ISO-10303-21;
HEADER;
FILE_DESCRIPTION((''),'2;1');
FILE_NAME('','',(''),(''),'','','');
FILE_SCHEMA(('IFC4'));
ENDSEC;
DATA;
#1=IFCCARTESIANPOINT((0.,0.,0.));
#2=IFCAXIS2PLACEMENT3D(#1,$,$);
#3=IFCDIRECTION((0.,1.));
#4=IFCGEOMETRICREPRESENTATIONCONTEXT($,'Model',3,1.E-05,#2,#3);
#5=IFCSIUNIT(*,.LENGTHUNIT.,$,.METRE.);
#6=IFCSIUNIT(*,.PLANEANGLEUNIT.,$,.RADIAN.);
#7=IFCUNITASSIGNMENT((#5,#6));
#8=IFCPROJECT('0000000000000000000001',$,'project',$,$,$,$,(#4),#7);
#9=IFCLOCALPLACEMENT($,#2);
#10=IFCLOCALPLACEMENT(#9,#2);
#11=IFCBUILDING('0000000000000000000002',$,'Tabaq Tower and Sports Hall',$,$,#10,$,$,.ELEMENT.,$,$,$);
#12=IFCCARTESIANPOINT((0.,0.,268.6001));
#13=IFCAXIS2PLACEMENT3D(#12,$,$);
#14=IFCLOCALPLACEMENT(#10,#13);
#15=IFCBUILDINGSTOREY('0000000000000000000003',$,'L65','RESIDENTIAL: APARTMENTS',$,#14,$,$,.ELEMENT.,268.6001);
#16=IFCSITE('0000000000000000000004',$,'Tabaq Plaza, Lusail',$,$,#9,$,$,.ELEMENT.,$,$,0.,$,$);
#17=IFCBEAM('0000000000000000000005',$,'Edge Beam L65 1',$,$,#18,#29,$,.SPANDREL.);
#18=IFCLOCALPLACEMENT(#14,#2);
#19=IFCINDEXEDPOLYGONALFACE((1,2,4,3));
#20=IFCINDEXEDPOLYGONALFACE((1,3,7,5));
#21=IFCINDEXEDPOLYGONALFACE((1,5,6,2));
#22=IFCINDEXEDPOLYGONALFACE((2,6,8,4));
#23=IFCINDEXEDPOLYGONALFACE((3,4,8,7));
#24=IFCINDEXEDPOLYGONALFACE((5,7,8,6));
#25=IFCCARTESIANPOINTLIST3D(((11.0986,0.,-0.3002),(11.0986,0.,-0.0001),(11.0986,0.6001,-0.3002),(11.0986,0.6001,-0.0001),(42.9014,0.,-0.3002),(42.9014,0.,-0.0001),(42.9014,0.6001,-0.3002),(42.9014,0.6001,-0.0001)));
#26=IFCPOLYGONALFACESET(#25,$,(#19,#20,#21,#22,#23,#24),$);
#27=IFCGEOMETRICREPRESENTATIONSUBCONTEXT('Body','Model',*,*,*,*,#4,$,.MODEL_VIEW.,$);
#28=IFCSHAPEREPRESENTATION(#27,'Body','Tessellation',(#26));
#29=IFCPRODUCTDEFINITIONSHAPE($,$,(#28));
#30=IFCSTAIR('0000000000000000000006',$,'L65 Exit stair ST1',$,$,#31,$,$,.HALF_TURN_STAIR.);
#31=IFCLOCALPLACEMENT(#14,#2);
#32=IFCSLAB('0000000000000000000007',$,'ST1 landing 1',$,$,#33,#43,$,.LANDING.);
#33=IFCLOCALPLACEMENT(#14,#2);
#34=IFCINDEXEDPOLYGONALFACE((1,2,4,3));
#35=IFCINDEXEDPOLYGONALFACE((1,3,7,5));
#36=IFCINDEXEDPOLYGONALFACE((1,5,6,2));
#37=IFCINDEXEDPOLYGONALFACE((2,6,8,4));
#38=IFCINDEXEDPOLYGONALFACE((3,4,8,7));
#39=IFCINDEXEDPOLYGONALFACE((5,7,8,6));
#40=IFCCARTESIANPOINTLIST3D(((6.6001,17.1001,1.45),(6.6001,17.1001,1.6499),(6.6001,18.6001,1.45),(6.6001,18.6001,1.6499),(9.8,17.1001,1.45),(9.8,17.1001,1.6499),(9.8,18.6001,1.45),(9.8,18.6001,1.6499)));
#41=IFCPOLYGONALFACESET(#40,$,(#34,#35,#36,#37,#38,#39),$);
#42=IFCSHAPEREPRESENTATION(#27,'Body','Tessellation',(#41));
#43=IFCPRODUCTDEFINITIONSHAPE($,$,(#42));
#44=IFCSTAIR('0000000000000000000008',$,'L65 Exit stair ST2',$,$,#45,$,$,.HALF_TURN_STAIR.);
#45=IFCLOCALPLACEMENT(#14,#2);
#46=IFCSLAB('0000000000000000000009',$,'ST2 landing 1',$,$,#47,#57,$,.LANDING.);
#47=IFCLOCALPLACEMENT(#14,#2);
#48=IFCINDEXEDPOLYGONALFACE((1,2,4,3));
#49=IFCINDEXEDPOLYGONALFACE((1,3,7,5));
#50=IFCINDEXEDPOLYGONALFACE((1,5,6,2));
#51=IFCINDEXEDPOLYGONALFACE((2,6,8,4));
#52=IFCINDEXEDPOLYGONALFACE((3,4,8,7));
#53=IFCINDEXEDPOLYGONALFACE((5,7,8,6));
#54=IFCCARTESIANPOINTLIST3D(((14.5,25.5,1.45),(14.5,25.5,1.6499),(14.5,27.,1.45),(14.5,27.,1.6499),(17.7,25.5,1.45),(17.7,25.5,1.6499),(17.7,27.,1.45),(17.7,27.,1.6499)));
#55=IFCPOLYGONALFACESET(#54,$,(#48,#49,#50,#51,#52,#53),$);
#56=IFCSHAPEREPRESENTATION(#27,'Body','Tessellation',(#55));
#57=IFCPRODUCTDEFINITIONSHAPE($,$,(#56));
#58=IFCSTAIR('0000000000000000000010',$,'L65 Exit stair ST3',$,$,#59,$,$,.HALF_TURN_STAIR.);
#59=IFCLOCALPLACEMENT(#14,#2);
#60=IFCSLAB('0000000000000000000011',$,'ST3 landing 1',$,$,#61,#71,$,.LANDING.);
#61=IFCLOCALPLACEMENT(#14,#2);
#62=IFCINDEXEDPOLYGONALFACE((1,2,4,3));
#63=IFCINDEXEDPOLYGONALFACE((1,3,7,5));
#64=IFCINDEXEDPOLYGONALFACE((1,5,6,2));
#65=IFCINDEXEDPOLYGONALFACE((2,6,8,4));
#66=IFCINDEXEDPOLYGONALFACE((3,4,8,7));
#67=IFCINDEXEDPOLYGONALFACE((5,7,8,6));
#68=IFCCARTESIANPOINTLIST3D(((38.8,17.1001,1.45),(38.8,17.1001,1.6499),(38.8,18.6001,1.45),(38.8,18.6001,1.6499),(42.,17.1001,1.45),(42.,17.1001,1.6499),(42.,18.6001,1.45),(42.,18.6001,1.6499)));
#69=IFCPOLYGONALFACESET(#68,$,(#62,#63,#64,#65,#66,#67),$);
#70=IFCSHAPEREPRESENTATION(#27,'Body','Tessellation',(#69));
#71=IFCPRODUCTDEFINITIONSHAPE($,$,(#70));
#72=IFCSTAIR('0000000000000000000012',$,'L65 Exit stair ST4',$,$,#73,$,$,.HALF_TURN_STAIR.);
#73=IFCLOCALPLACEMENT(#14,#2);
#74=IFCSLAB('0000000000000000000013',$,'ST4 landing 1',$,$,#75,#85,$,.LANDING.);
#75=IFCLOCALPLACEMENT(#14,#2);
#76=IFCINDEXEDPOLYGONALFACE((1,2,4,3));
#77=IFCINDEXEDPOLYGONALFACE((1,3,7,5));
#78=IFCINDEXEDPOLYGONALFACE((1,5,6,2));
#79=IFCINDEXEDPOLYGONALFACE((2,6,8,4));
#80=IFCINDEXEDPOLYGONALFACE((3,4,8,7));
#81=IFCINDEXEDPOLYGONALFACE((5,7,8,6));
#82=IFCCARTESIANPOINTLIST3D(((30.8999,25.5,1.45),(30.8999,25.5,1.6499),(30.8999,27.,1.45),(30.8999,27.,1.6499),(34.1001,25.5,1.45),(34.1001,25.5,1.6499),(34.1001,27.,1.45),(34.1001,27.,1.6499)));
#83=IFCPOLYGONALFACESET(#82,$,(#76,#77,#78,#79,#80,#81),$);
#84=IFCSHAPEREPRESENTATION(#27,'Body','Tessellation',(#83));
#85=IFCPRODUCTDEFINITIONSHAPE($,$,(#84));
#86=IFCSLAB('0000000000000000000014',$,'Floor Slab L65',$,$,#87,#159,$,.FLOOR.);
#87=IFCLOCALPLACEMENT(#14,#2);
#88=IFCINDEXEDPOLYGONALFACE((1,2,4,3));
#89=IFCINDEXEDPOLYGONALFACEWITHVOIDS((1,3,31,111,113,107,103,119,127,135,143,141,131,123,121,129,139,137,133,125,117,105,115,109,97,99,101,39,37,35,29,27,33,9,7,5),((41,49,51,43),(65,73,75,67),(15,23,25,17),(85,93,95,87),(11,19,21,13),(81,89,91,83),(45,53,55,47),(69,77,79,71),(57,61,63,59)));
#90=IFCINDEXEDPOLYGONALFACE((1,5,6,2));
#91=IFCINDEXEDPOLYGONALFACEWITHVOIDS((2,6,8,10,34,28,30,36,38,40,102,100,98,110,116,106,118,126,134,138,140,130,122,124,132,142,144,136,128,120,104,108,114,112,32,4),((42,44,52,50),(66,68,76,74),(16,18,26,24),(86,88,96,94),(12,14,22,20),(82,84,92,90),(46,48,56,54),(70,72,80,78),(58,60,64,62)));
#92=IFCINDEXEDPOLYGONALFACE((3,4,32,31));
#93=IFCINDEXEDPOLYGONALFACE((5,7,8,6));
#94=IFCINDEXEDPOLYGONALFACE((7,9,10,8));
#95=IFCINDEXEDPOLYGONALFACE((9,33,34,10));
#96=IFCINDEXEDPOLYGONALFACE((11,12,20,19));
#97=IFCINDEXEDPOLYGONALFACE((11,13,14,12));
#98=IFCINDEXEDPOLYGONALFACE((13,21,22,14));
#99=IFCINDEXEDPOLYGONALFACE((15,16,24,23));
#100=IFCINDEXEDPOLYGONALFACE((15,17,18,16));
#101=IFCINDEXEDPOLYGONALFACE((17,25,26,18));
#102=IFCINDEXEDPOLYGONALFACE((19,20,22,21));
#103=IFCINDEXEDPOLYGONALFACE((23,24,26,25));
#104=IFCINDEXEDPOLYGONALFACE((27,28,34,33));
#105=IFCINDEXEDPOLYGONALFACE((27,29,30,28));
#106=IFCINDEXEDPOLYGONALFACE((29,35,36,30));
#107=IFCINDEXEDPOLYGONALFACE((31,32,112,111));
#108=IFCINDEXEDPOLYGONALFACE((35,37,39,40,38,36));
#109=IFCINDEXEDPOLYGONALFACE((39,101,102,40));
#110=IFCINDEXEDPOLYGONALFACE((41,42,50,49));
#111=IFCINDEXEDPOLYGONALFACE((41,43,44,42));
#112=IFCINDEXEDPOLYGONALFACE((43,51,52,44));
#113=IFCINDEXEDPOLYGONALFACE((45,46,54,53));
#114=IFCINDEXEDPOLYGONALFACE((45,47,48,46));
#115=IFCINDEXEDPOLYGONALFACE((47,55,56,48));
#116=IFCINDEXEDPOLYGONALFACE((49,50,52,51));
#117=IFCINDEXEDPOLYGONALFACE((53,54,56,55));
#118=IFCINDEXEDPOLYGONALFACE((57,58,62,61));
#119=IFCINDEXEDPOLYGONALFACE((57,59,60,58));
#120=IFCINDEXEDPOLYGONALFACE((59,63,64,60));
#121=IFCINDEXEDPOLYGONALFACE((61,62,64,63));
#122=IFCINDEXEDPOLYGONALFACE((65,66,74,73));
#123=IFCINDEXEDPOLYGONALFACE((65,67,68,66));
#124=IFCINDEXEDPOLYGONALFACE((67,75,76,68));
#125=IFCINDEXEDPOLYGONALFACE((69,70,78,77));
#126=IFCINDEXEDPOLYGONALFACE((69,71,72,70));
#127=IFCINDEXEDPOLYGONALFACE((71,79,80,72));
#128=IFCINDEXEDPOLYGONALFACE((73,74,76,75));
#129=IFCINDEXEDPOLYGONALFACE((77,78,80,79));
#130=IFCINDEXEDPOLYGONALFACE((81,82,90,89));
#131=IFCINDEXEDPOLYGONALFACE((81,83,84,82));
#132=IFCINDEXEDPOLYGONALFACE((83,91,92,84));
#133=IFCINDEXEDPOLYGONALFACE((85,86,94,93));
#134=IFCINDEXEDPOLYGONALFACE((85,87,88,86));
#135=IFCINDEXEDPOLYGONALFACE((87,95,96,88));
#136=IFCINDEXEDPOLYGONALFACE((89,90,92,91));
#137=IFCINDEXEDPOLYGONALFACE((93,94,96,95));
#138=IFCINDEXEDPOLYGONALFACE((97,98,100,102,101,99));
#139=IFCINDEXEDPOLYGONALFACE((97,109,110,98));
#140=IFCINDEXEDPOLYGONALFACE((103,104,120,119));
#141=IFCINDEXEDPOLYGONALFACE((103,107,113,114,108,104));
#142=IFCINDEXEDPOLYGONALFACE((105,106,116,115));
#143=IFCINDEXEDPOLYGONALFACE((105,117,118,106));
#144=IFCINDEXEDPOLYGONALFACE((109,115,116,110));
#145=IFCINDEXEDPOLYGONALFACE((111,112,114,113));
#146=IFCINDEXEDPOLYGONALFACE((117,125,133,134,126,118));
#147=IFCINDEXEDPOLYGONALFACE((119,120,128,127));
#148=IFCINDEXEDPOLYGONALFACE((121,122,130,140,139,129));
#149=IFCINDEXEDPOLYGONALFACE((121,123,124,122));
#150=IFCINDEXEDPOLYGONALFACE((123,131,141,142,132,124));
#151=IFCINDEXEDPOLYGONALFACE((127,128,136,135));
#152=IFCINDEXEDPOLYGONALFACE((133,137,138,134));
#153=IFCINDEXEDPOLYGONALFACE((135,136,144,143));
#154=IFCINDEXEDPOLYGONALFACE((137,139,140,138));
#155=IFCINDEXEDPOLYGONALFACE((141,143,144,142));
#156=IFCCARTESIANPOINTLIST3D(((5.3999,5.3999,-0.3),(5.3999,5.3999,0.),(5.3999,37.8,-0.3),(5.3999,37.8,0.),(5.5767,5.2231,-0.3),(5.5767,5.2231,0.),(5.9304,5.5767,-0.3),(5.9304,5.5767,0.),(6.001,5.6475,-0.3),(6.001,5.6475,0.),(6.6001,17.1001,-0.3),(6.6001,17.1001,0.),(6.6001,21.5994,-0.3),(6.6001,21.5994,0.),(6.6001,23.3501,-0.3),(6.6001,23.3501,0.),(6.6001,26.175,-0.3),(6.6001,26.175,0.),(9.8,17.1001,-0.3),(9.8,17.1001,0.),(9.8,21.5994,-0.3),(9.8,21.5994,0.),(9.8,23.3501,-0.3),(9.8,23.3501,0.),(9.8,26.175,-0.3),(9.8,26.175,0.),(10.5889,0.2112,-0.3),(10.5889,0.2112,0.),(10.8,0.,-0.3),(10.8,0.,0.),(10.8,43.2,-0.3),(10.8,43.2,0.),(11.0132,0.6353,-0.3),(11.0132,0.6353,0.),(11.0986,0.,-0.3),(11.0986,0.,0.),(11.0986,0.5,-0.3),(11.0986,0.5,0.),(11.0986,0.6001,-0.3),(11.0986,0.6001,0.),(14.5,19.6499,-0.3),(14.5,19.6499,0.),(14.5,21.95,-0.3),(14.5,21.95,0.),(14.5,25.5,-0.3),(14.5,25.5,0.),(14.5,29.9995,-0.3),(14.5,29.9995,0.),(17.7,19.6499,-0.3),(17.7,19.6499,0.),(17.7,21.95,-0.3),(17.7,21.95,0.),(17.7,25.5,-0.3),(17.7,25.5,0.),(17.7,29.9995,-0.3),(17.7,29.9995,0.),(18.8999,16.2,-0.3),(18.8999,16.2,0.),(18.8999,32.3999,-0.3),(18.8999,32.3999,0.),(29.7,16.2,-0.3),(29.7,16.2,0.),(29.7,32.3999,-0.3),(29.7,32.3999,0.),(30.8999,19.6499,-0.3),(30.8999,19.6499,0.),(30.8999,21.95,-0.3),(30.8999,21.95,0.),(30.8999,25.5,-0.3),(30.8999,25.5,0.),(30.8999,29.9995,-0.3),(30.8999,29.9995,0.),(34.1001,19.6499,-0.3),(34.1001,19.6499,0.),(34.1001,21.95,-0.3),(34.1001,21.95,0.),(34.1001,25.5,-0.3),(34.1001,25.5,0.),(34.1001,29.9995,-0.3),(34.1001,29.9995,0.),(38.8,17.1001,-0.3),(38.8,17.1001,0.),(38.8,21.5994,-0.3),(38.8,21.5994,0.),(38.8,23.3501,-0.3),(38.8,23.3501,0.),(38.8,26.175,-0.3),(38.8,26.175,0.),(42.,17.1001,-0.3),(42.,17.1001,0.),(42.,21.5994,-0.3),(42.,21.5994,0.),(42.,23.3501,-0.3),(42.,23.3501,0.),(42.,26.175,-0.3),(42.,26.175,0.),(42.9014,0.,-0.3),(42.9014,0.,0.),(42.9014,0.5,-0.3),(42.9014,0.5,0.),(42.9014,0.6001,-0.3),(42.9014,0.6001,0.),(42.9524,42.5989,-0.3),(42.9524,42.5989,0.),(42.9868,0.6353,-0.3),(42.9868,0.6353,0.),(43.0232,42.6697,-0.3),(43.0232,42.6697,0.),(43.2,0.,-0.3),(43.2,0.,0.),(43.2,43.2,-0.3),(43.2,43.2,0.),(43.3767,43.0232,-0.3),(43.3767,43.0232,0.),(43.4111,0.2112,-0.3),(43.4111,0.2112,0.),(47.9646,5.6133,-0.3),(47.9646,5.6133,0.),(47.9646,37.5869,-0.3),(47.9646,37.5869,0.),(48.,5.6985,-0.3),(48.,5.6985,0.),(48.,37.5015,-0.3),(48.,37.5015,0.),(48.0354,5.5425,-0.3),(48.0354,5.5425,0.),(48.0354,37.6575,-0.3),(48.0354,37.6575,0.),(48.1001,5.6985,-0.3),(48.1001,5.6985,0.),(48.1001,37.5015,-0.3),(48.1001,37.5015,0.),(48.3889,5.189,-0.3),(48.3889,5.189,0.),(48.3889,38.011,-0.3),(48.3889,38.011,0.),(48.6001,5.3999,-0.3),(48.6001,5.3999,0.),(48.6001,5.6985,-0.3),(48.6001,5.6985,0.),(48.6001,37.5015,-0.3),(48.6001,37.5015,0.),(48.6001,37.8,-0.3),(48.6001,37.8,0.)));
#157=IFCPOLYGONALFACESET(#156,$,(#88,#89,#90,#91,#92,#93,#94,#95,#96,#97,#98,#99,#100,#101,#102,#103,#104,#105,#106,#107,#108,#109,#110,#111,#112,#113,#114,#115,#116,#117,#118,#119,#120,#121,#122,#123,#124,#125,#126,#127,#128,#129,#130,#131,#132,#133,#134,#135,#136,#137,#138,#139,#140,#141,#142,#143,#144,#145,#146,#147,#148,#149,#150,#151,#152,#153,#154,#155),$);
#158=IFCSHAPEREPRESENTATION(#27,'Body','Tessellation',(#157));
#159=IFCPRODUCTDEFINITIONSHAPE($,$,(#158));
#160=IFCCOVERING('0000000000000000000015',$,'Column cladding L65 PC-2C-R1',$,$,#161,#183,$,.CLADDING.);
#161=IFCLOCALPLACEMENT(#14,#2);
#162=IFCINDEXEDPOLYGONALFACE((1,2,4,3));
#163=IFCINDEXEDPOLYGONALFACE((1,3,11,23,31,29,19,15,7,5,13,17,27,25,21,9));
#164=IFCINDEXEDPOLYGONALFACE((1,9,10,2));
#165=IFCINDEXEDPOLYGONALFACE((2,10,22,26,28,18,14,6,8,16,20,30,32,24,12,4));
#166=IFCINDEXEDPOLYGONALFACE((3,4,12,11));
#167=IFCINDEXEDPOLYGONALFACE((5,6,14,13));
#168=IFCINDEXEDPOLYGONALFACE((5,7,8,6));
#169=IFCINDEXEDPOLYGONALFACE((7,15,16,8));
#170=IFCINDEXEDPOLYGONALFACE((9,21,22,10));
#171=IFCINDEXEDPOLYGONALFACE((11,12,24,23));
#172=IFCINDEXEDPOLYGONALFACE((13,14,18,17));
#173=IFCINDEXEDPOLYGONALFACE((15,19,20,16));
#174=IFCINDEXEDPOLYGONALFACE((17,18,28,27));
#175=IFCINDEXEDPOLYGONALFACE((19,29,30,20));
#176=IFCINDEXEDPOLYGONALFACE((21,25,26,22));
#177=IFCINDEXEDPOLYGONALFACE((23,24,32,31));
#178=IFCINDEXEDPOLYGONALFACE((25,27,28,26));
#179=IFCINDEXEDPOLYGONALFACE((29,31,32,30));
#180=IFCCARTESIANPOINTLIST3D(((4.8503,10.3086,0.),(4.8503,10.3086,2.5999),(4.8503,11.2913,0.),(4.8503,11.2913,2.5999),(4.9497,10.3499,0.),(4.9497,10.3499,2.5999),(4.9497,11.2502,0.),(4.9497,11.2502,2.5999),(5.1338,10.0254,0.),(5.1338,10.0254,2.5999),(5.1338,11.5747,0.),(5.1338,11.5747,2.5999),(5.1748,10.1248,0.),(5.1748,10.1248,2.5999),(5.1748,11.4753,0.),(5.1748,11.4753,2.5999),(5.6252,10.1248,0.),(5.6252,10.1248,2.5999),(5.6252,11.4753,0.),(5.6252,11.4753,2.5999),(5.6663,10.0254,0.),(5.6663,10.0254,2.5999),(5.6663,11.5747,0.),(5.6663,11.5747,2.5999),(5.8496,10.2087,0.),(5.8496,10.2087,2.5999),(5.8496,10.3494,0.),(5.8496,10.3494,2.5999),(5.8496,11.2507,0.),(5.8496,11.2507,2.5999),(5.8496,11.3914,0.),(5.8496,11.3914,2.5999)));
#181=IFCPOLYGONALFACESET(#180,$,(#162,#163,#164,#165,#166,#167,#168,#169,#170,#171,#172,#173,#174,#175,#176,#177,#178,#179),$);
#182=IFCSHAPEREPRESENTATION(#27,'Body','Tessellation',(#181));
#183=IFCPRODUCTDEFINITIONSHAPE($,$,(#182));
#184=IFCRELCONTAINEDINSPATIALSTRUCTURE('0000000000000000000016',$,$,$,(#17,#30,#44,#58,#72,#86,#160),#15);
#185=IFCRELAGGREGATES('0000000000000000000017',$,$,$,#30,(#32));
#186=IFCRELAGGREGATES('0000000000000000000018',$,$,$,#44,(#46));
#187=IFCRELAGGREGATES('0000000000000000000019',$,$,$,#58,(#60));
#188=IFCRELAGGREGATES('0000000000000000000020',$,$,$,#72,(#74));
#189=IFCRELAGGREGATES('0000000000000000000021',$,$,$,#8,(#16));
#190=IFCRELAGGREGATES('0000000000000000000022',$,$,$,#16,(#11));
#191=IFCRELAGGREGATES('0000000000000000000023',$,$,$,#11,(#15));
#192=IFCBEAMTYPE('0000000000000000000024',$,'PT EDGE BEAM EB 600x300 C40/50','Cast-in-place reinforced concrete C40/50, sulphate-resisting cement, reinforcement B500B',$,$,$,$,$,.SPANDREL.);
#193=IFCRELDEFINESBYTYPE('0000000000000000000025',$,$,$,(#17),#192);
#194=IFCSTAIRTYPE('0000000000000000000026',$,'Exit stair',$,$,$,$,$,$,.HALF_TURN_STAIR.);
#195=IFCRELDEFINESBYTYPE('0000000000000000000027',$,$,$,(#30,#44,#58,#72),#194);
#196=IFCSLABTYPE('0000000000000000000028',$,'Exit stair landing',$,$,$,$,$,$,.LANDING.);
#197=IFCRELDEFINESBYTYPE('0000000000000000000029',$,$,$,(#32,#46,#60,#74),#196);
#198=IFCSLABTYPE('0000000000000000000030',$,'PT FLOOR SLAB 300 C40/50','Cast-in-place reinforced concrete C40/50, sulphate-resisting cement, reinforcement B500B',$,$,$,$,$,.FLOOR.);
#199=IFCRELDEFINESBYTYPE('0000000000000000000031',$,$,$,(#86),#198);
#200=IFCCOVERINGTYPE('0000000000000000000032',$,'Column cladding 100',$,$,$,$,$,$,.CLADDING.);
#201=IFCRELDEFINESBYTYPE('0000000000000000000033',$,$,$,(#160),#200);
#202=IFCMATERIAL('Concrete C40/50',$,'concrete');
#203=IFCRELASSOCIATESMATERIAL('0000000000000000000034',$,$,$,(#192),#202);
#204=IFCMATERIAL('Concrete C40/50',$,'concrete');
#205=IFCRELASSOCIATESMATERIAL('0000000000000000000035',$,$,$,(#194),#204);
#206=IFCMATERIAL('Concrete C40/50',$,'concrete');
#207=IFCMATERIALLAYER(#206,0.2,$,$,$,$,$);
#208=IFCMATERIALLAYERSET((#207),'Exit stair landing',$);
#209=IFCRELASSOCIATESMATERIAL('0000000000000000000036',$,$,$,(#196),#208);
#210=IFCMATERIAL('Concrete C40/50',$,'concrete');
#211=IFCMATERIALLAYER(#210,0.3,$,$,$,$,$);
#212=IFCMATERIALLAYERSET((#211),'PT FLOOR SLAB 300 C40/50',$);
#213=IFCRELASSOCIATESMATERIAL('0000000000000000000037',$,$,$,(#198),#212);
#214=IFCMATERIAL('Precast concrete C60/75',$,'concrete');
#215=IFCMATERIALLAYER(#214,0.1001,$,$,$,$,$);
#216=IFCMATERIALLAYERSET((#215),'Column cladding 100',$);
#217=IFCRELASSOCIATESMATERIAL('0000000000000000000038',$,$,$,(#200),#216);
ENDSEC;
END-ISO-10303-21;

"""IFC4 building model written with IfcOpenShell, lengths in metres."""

from ifc_helpers import new_model, si_unit, direction, frame, origin, origin_2d, place, context, subcontext, project, spatial, polyline, rectangle, outline, extrude, material, layer, layer_set, material_profile, profile_set, type_object, element, aggregate, save


model = new_model("IFC4")

# Units and contexts
model_context = context("Model", 3, precision=1e-05, world=origin(), true_north=direction((0.0, 1.0)))
body_context = subcontext(model_context, "Body", "Model", "MODEL_VIEW")
ifc_project = project(units=[si_unit("LENGTHUNIT", "METRE"), si_unit("PLANEANGLEUNIT", "RADIAN")], contexts=[model_context])

# Site, building, storey
site_placement = place(None, origin())
site = spatial("IfcSite", under=ifc_project, at=site_placement, Name="Tabaq Plaza, Lusail", CompositionType="ELEMENT", RefElevation=0.0)
building_placement = place(site_placement, origin())
building = spatial("IfcBuilding", under=site, at=building_placement, Name="Tabaq Tower and Sports Hall", CompositionType="ELEMENT")
storey_placement = place(building_placement, frame((0.0, 0.0, 268.6001)))
storey = spatial("IfcBuildingStorey", under=building, at=storey_placement, Name="L65", Description="RESIDENTIAL: APARTMENTS", CompositionType="ELEMENT", Elevation=268.6001)

# Beam
ifc_material_1 = material(Name="Concrete C40/50", Category="concrete")
ifc_material_profile = material_profile(ifc_material_1, rectangle(XDim=0.6001, YDim=0.3, at=origin_2d()), Name="EB 600x300")
ifc_profile_set = profile_set([ifc_material_profile], Name="Concrete C40/50")
beam_type = type_object("IfcBeamType", Name="PT EDGE BEAM EB 600x300 C40/50", Description="Cast-in-place reinforced concrete C40/50, sulphate-resisting cement, reinforcement B500B", PredefinedType="SPANDREL", material=ifc_profile_set)
beam_placement = place(storey_placement, frame((11.0986, 0.3, -0.1501), z_axis=(1.0, 0.0, 0.0), x_axis=(0.0, 1.0, 0.0)))
element("IfcBeam", 1, at=beam_placement, inside=storey, type_object=beam_type, Name="Edge Beam L65 1", PredefinedType="SPANDREL", context=body_context, shape_type="SweptSolid", body=[
    extrude(rectangle(XDim=0.6001, YDim=0.3, at=origin_2d()), origin(), (0.0, 0.0, 1.0), 31.8027),
])

# Stairs, slabs
ifc_material_2 = material(Name="Concrete C40/50", Category="concrete")
stair_type = type_object("IfcStairType", Name="Exit stair", PredefinedType="HALF_TURN_STAIR", material=ifc_material_2)
stair_1_placement = place(storey_placement, origin())
stair_1 = element("IfcStair", 2, at=stair_1_placement, inside=storey, type_object=stair_type, Name="L65 Exit stair ST1", PredefinedType="HALF_TURN_STAIR")
ifc_material_3 = material(Name="Concrete C40/50", Category="concrete")
ifc_layer_1 = layer(ifc_material_3, 0.2)
ifc_layer_set_1 = layer_set([ifc_layer_1], Name="Exit stair landing")
slab_type_1 = type_object("IfcSlabType", Name="Exit stair landing", PredefinedType="LANDING", material=ifc_layer_set_1)
slab_1_placement = place(storey_placement, frame((0.0, 0.0, 1.45)))
slab_1 = element("IfcSlab", 3, at=slab_1_placement, type_object=slab_type_1, Name="ST1 landing 1", PredefinedType="LANDING", context=body_context, shape_type="SweptSolid", body=[
    extrude(outline(polyline([(6.6001, 18.6001), (6.6001, 17.1001), (9.8, 17.1001), (9.8, 18.6001), (6.6001, 18.6001)])), origin(), (0.0, 0.0, 1.0), 0.2),
])
aggregate(stair_1, [slab_1])
stair_2_placement = place(storey_placement, origin())
stair_2 = element("IfcStair", 4, at=stair_2_placement, inside=storey, type_object=stair_type, Name="L65 Exit stair ST2", PredefinedType="HALF_TURN_STAIR")
slab_2_placement = place(storey_placement, frame((0.0, 0.0, 1.45)))
slab_2 = element("IfcSlab", 5, at=slab_2_placement, type_object=slab_type_1, Name="ST2 landing 1", PredefinedType="LANDING", context=body_context, shape_type="SweptSolid", body=[
    extrude(outline(polyline([(14.5, 27.0), (14.5, 25.5), (17.7, 25.5), (17.7, 27.0), (14.5, 27.0)])), origin(), (0.0, 0.0, 1.0), 0.2),
])
aggregate(stair_2, [slab_2])
stair_3_placement = place(storey_placement, origin())
stair_3 = element("IfcStair", 6, at=stair_3_placement, inside=storey, type_object=stair_type, Name="L65 Exit stair ST3", PredefinedType="HALF_TURN_STAIR")
slab_3_placement = place(storey_placement, frame((0.0, 0.0, 1.45)))
slab_3 = element("IfcSlab", 7, at=slab_3_placement, type_object=slab_type_1, Name="ST3 landing 1", PredefinedType="LANDING", context=body_context, shape_type="SweptSolid", body=[
    extrude(outline(polyline([(38.8, 18.6001), (38.8, 17.1001), (42.0, 17.1001), (42.0, 18.6001), (38.8, 18.6001)])), origin(), (0.0, 0.0, 1.0), 0.2),
])
aggregate(stair_3, [slab_3])
stair_4_placement = place(storey_placement, origin())
stair_4 = element("IfcStair", 8, at=stair_4_placement, inside=storey, type_object=stair_type, Name="L65 Exit stair ST4", PredefinedType="HALF_TURN_STAIR")
slab_4_placement = place(storey_placement, frame((0.0, 0.0, 1.45)))
slab_4 = element("IfcSlab", 9, at=slab_4_placement, type_object=slab_type_1, Name="ST4 landing 1", PredefinedType="LANDING", context=body_context, shape_type="SweptSolid", body=[
    extrude(outline(polyline([(30.8999, 27.0), (30.8999, 25.5), (34.1001, 25.5), (34.1001, 27.0), (30.8999, 27.0)])), origin(), (0.0, 0.0, 1.0), 0.2),
])
aggregate(stair_4, [slab_4])

# Slab
ifc_material_4 = material(Name="Concrete C40/50", Category="concrete")
ifc_layer_2 = layer(ifc_material_4, 0.3)
ifc_layer_set_2 = layer_set([ifc_layer_2], Name="PT FLOOR SLAB 300 C40/50")
slab_type_2 = type_object("IfcSlabType", Name="PT FLOOR SLAB 300 C40/50", Description="Cast-in-place reinforced concrete C40/50, sulphate-resisting cement, reinforcement B500B", PredefinedType="FLOOR", material=ifc_layer_set_2)
slab_5_placement = place(storey_placement, frame((0.0, 0.0, -0.3)))
element("IfcSlab", 10, at=slab_5_placement, inside=storey, type_object=slab_type_2, Name="Floor Slab L65", PredefinedType="FLOOR", context=body_context, shape_type="SweptSolid", body=[
    extrude(outline(polyline([(5.3999, 37.8), (5.3999, 5.3999), (5.5767, 5.2231), (5.9304, 5.5767), (6.001, 5.6475), (11.0132, 0.6353), (10.5889, 0.2112), (10.8, 0.0), (11.0986, 0.0), (11.0986, 0.5), (11.0986, 0.6001), (42.9014, 0.6001), (42.9014, 0.5), (42.9014, 0.0), (43.2, 0.0), (43.4111, 0.2112), (42.9868, 0.6353), (47.9646, 5.6133), (48.0354, 5.5425), (48.3889, 5.189), (48.6001, 5.3999), (48.6001, 5.6985), (48.1001, 5.6985), (48.0, 5.6985), (48.0, 37.5015), (48.1001, 37.5015), (48.6001, 37.5015), (48.6001, 37.8), (48.3889, 38.011), (48.0354, 37.6575), (47.9646, 37.5869), (42.9524, 42.5989), (43.0232, 42.6697), (43.3767, 43.0232), (43.2, 43.2), (10.8, 43.2), (5.3999, 37.8)]), holes=[polyline([(6.6001, 21.5994), (9.8, 21.5994), (9.8, 17.1001), (6.6001, 17.1001), (6.6001, 21.5994)]), polyline([(38.8, 21.5994), (42.0, 21.5994), (42.0, 17.1001), (38.8, 17.1001), (38.8, 21.5994)]), polyline([(14.5, 21.95), (17.7, 21.95), (17.7, 19.6499), (14.5, 19.6499), (14.5, 21.95)]), polyline([(30.8999, 21.95), (34.1001, 21.95), (34.1001, 19.6499), (30.8999, 19.6499), (30.8999, 21.95)]), polyline([(18.8999, 16.2), (18.8999, 32.3999), (29.7, 32.3999), (29.7, 16.2), (18.8999, 16.2)]), polyline([(6.6001, 26.175), (9.8, 26.175), (9.8, 23.3501), (6.6001, 23.3501), (6.6001, 26.175)]), polyline([(38.8, 26.175), (42.0, 26.175), (42.0, 23.3501), (38.8, 23.3501), (38.8, 26.175)]), polyline([(17.7, 29.9995), (17.7, 25.5), (14.5, 25.5), (14.5, 29.9995), (17.7, 29.9995)]), polyline([(34.1001, 29.9995), (34.1001, 25.5), (30.8999, 25.5), (30.8999, 29.9995), (34.1001, 29.9995)])]), origin(), (0.0, 0.0, 1.0), 0.3),
])

# Covering
ifc_material_5 = material(Name="Precast concrete C60/75", Category="concrete")
ifc_layer_3 = layer(ifc_material_5, 0.1001)
ifc_layer_set_3 = layer_set([ifc_layer_3], Name="Column cladding 100")
covering_type_1 = type_object("IfcCoveringType", Name="Column cladding 100", PredefinedType="CLADDING", material=ifc_layer_set_3)
covering_1_placement = place(storey_placement, origin())
element("IfcCovering", 11, at=covering_1_placement, inside=storey, type_object=covering_type_1, Name="Column cladding L65 PC-2C-R1", PredefinedType="CLADDING", context=body_context, shape_type="SweptSolid", body=[
    extrude(outline(polyline([(5.1338, 10.0254), (4.8503, 10.3086), (4.8503, 11.2913), (5.1338, 11.5747), (5.6663, 11.5747), (5.8496, 11.3914), (5.8496, 11.2507), (5.6252, 11.4753), (5.1748, 11.4753), (4.9497, 11.2502), (4.9497, 10.3499), (5.1748, 10.1248), (5.6252, 10.1248), (5.8496, 10.3494), (5.8496, 10.2087), (5.6663, 10.0254), (5.1338, 10.0254)])), origin(), (0.0, 0.0, 1.0), 2.5999),
])

save(model, "model.ifc")
